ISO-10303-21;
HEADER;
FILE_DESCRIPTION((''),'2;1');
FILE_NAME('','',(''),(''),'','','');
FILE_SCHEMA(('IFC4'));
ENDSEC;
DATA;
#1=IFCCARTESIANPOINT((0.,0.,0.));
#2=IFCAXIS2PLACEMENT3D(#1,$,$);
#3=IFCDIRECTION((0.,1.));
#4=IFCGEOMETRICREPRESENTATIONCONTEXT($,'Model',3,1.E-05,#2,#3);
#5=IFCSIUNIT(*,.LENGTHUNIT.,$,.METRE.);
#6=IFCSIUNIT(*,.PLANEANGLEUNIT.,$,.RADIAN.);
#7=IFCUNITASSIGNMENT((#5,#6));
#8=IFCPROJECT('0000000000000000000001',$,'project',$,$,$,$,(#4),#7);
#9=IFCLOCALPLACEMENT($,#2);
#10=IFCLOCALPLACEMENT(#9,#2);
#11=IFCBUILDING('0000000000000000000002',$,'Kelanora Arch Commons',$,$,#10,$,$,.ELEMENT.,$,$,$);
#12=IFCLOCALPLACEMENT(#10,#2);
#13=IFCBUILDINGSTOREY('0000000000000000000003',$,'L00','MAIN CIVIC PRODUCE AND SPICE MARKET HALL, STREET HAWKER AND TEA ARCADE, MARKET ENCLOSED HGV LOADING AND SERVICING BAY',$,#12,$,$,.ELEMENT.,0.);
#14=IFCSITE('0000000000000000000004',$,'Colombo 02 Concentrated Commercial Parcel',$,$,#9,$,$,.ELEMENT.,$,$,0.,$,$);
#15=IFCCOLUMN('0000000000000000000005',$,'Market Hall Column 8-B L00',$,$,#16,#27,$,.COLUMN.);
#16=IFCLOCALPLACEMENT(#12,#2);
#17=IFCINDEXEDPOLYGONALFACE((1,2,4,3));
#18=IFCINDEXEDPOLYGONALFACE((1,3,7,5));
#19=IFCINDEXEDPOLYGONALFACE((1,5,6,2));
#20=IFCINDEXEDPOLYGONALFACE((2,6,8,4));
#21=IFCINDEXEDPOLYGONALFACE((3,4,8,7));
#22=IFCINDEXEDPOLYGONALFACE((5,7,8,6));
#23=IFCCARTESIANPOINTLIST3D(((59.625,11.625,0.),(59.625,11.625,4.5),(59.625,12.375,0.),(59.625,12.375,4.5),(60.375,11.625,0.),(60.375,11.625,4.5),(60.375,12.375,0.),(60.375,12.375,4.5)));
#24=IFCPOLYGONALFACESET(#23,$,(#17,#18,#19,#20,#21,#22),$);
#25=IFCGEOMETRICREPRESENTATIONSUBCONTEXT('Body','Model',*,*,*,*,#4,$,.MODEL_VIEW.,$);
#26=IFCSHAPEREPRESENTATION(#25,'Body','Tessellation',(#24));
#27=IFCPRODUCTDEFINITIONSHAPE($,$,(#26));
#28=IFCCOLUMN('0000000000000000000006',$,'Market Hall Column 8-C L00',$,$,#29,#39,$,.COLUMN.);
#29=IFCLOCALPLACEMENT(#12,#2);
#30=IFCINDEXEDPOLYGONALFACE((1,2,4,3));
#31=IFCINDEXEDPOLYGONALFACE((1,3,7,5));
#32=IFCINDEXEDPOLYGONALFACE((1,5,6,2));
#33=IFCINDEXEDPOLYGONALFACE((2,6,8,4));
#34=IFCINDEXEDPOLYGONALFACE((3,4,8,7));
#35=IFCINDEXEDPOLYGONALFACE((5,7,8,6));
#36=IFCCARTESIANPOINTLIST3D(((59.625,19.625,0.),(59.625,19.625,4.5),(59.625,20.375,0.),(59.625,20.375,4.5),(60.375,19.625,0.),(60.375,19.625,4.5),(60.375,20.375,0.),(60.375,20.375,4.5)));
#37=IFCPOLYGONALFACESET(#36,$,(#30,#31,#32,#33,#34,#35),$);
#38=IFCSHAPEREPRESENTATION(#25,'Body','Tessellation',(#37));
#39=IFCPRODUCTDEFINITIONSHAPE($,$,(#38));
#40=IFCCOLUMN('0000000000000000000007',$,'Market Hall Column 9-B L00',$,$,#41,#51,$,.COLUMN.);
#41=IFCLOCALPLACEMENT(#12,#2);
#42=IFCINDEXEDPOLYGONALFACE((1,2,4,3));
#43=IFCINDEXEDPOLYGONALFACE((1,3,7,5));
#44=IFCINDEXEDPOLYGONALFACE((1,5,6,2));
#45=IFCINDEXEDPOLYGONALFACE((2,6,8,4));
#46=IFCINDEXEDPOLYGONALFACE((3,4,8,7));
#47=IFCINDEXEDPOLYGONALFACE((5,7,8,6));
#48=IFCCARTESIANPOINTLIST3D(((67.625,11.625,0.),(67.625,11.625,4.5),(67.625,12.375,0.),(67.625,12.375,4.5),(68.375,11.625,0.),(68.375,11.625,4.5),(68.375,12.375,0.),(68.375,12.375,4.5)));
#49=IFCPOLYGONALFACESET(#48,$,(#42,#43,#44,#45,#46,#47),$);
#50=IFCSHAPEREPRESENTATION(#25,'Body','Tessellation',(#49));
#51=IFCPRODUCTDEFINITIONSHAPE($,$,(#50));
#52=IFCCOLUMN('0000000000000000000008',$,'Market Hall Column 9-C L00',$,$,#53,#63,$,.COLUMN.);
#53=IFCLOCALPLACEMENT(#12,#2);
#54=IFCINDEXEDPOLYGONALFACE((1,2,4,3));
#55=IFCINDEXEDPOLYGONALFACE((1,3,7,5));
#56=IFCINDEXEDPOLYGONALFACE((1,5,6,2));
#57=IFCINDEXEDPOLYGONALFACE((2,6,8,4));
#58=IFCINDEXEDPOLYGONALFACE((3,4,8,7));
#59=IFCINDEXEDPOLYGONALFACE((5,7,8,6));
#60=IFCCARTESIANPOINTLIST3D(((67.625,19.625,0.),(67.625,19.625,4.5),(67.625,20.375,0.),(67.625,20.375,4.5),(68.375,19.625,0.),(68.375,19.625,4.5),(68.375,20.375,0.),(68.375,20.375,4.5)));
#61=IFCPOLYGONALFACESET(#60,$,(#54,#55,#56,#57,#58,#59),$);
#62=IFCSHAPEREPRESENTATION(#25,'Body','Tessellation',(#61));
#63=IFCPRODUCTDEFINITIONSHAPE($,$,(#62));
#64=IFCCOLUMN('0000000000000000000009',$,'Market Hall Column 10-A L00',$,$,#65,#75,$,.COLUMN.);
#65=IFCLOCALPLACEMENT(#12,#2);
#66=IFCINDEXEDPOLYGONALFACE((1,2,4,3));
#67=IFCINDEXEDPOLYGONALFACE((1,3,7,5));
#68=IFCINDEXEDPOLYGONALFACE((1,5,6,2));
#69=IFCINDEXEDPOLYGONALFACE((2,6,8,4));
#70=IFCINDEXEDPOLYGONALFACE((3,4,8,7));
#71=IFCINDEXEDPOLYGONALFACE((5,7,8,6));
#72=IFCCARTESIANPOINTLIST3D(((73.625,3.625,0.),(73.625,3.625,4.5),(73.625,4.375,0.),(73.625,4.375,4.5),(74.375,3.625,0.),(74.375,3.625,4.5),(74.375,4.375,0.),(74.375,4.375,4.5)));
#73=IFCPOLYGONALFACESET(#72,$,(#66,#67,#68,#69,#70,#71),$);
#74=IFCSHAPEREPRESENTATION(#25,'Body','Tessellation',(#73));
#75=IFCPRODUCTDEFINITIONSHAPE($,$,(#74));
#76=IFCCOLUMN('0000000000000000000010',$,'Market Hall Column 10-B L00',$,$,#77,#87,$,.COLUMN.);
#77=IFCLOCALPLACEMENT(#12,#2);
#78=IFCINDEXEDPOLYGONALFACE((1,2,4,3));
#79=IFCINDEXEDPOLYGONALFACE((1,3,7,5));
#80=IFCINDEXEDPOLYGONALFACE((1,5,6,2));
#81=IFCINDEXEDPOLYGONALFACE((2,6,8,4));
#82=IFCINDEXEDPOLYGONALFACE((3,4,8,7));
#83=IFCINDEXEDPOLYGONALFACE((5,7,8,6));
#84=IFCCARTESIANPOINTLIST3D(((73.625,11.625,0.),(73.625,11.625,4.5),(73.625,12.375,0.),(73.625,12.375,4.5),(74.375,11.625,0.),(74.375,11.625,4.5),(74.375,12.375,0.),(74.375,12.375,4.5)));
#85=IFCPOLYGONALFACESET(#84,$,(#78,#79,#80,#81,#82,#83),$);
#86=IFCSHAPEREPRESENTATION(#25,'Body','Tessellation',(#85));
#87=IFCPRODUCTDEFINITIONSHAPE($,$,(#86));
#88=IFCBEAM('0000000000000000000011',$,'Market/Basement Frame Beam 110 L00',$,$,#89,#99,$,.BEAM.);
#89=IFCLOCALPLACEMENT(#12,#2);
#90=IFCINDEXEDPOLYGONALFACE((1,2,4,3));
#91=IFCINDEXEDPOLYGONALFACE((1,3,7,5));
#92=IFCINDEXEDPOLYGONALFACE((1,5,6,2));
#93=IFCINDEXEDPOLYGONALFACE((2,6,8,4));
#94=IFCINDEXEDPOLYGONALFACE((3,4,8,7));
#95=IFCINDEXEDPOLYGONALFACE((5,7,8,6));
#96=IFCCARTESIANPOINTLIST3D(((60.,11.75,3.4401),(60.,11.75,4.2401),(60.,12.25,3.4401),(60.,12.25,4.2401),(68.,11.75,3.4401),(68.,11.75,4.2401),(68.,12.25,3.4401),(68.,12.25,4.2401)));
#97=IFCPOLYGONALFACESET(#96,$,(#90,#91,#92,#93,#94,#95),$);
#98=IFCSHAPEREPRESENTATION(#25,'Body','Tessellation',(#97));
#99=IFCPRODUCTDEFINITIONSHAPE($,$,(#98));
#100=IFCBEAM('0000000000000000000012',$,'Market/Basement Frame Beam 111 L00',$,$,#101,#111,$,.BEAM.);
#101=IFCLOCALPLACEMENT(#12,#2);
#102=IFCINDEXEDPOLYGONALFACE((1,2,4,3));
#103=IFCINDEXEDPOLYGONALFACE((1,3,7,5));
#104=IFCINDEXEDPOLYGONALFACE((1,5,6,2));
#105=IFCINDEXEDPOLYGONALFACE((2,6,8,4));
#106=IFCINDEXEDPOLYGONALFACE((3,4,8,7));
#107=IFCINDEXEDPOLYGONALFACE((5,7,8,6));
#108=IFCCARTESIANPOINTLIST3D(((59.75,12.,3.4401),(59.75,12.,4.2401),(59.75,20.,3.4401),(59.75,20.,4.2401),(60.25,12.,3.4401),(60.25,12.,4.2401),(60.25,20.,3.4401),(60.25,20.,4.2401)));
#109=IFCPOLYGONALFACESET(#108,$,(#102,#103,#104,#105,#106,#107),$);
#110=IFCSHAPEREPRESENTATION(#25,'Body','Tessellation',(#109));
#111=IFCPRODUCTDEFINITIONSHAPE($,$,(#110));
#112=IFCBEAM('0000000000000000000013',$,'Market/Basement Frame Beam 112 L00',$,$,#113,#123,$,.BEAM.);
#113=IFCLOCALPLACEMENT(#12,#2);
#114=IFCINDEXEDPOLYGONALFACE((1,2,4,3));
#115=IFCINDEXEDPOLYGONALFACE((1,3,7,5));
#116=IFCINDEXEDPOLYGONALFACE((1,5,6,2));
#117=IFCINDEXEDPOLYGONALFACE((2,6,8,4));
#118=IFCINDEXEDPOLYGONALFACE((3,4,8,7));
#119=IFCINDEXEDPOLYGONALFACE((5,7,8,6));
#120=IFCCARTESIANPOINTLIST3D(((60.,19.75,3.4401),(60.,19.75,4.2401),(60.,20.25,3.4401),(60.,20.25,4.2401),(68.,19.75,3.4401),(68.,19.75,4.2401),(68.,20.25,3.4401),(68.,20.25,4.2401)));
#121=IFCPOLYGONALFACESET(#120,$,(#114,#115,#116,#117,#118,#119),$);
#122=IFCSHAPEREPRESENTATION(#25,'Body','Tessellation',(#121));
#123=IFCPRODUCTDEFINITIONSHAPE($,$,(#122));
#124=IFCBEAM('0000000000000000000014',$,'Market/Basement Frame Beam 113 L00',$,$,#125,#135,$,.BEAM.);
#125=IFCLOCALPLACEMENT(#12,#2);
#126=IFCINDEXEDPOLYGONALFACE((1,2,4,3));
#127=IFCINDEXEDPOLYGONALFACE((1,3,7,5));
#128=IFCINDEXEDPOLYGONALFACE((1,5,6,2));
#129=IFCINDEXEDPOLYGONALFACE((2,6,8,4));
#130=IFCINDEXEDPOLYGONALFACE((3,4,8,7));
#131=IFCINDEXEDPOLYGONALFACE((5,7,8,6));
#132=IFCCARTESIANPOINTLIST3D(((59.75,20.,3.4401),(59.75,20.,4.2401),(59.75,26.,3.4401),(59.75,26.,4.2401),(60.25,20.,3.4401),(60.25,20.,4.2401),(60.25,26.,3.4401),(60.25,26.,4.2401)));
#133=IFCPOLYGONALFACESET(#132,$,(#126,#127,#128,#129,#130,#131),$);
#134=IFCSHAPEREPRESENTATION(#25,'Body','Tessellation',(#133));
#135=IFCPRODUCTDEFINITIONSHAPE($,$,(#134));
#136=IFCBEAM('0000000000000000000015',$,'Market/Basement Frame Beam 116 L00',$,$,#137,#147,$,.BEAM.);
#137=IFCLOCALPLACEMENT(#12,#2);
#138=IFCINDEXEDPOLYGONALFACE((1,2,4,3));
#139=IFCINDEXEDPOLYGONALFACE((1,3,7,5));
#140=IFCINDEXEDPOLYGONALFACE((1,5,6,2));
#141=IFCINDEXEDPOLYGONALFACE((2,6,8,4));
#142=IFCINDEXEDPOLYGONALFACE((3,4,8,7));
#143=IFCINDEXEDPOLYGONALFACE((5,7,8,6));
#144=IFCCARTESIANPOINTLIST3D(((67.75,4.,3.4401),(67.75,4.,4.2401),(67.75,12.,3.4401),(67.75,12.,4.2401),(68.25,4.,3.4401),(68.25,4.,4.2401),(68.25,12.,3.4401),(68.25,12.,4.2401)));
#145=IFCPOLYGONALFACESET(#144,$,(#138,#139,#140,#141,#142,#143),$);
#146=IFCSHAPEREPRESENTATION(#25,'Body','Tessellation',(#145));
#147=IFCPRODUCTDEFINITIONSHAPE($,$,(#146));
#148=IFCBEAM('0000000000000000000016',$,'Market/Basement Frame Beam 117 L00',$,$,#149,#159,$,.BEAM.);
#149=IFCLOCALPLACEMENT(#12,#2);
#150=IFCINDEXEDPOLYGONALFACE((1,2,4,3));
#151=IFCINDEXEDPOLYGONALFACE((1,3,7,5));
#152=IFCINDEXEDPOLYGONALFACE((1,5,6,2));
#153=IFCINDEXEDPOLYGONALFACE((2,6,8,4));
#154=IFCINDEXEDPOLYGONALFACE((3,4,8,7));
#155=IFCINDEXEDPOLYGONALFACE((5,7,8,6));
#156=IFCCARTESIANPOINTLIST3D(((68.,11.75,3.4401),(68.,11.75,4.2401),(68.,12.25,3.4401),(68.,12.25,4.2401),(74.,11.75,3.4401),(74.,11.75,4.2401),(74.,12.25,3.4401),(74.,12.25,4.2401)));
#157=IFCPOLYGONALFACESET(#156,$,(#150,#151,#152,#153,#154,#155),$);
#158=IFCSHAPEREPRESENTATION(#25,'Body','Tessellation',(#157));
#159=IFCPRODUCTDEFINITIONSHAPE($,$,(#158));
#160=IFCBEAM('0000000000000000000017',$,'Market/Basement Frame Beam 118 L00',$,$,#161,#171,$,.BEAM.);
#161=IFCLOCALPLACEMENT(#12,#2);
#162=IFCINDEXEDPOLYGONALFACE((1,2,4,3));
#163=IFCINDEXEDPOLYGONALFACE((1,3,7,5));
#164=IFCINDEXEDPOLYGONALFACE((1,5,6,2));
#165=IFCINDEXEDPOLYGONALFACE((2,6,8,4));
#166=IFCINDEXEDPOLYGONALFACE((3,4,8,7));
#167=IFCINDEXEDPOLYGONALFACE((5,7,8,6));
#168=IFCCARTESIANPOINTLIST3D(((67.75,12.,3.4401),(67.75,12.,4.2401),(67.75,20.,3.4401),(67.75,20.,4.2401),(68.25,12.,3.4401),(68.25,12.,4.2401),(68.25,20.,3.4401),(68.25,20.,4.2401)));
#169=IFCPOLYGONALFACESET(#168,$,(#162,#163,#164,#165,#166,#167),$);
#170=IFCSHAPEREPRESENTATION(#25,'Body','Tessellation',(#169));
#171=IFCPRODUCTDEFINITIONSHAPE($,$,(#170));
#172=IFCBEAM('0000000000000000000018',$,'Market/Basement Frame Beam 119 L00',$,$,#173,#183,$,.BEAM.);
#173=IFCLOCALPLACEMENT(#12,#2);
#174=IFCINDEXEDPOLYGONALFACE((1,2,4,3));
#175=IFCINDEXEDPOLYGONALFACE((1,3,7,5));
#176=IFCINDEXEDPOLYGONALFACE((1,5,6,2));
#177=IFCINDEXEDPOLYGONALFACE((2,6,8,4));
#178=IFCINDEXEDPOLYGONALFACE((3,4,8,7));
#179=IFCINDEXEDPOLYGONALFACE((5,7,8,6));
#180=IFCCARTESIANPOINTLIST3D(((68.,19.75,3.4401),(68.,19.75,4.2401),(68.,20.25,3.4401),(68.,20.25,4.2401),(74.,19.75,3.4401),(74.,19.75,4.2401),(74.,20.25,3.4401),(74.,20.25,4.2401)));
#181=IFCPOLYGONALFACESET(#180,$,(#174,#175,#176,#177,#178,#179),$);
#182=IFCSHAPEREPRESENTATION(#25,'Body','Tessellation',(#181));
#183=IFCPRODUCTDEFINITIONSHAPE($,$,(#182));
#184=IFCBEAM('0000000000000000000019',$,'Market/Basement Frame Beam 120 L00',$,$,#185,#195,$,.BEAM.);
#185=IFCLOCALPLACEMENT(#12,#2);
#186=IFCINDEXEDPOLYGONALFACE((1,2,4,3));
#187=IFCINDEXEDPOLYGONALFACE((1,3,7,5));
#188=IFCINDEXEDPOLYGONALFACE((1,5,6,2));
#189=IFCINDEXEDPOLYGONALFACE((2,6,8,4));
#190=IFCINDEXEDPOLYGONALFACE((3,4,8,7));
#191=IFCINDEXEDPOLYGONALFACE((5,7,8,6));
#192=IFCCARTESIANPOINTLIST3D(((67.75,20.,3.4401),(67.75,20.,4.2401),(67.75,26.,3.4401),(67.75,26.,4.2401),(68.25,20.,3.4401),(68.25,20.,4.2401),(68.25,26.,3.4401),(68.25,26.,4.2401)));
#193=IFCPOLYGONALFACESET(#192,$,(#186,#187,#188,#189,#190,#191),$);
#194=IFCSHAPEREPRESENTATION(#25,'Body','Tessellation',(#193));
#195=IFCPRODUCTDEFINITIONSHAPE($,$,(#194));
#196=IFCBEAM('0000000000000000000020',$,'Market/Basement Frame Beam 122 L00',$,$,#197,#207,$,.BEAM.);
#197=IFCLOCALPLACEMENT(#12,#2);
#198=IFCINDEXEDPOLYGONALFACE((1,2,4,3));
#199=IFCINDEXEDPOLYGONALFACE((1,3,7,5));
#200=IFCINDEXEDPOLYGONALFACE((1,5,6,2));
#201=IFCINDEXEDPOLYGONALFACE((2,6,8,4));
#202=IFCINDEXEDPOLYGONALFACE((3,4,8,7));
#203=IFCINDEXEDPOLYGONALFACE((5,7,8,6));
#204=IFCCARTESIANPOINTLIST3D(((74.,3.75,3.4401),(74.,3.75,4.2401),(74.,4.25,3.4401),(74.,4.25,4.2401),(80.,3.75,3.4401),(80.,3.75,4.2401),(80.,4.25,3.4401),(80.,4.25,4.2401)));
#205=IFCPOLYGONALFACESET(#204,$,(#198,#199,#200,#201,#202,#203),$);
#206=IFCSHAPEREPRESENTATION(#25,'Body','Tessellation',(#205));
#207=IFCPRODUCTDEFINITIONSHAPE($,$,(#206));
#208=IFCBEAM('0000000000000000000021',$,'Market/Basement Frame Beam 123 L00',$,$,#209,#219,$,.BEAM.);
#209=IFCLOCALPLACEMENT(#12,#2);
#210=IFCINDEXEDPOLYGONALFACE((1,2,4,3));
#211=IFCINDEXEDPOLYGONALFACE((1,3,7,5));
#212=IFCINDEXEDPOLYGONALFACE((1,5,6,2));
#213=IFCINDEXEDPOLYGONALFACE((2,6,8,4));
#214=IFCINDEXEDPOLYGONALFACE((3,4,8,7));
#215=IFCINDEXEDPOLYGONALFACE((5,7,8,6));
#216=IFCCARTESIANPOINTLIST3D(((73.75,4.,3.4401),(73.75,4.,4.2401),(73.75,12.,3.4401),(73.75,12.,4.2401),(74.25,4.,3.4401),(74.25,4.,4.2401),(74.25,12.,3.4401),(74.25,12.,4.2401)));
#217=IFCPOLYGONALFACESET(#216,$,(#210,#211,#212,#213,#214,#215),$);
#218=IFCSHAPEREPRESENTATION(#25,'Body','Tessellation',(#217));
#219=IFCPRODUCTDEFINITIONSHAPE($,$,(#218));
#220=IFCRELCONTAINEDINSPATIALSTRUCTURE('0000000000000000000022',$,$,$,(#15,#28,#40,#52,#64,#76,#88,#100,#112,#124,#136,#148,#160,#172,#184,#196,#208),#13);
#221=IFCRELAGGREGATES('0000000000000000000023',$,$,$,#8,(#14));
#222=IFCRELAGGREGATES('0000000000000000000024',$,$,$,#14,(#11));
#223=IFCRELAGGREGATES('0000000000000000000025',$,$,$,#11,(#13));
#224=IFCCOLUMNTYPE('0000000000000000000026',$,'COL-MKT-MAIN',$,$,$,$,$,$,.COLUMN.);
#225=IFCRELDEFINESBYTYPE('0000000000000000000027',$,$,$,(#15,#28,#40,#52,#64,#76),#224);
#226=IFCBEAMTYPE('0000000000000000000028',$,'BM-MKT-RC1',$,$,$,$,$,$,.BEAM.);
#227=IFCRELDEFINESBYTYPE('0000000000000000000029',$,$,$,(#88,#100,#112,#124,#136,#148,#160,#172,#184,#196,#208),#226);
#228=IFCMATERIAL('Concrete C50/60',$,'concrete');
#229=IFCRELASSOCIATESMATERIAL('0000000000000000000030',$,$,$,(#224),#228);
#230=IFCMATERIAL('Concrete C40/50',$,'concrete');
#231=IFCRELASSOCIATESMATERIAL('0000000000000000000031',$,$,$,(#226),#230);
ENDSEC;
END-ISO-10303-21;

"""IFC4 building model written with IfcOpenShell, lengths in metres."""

from ifc_helpers import new_model, si_unit, direction, frame, origin, origin_2d, place, context, subcontext, project, spatial, rectangle, extrude, material, material_profile, profile_set, type_object, element, save


model = new_model("IFC4")

# Units and contexts
model_context = context("Model", 3, precision=1e-05, world=origin(), true_north=direction((0.0, 1.0)))
body_context = subcontext(model_context, "Body", "Model", "MODEL_VIEW")
ifc_project = project(units=[si_unit("LENGTHUNIT", "METRE"), si_unit("PLANEANGLEUNIT", "RADIAN")], contexts=[model_context])

# Site, building, storey
site_placement = place(None, origin())
site = spatial("IfcSite", under=ifc_project, at=site_placement, Name="Colombo 02 Concentrated Commercial Parcel", CompositionType="ELEMENT", RefElevation=0.0)
building_placement = place(site_placement, origin())
building = spatial("IfcBuilding", under=site, at=building_placement, Name="Kelanora Arch Commons", CompositionType="ELEMENT")
storey_placement = place(building_placement, origin())
storey = spatial("IfcBuildingStorey", under=building, at=storey_placement, Name="L00", Description="MAIN CIVIC PRODUCE AND SPICE MARKET HALL, STREET HAWKER AND TEA ARCADE, MARKET ENCLOSED HGV LOADING AND SERVICING BAY", CompositionType="ELEMENT", Elevation=0.0)

# Columns
ifc_material_1 = material(Name="Concrete C50/60", Category="concrete")
ifc_material_profile_1 = material_profile(ifc_material_1, rectangle(XDim=0.75, YDim=0.75, at=origin_2d()), Name="RC750x750")
ifc_profile_set_1 = profile_set([ifc_material_profile_1], Name="Concrete C50/60")
column_type = type_object("IfcColumnType", Name="COL-MKT-MAIN", PredefinedType="COLUMN", material=ifc_profile_set_1)
for number, where, z_axis, x_axis, name in (
    (1, (60.0, 12.0, 0.0), (0.0, 0.0, 1.0), (1.0, 0.0, 0.0), "Market Hall Column 8-B L00"),
    (2, (60.0, 20.0, 0.0), (0.0, 0.0, 1.0), (1.0, 0.0, 0.0), "Market Hall Column 8-C L00"),
    (3, (68.0, 12.0, 0.0), (0.0, 0.0, 1.0), (1.0, 0.0, 0.0), "Market Hall Column 9-B L00"),
    (4, (68.0, 20.0, 0.0), (0.0, 0.0, 1.0), (1.0, 0.0, 0.0), "Market Hall Column 9-C L00"),
    (5, (74.0, 4.0, 0.0), (0.0, 0.0, 1.0), (1.0, 0.0, 0.0), "Market Hall Column 10-A L00"),
    (6, (74.0, 12.0, 0.0), (0.0, 0.0, 1.0), (1.0, 0.0, 0.0), "Market Hall Column 10-B L00"),
):
    element("IfcColumn", number, at=place(storey_placement, frame(where, z_axis=z_axis, x_axis=x_axis)), inside=storey, type_object=column_type, Name=name, PredefinedType="COLUMN", context=body_context, shape_type="SweptSolid", body=[
        extrude(rectangle(XDim=0.75, YDim=0.75, at=origin_2d()), origin(), (0.0, 0.0, 1.0), 4.5),
    ])

# Beams
ifc_material_2 = material(Name="Concrete C40/50", Category="concrete")
ifc_material_profile_2 = material_profile(ifc_material_2, rectangle(XDim=0.5, YDim=0.8, at=origin_2d()), Name="RCB500x800")
ifc_profile_set_2 = profile_set([ifc_material_profile_2], Name="Concrete C40/50")
beam_type = type_object("IfcBeamType", Name="BM-MKT-RC1", PredefinedType="BEAM", material=ifc_profile_set_2)
for number, where, z_axis, x_axis, name in (
    (7, (60.0, 12.0, 3.8401), (1.0, 0.0, 0.0), (0.0, 1.0, 0.0), "Market/Basement Frame Beam 110 L00"),
    (8, (60.0, 12.0, 3.8401), (0.0, 1.0, 0.0), (-1.0, 0.0, 0.0), "Market/Basement Frame Beam 111 L00"),
    (9, (60.0, 20.0, 3.8401), (1.0, 0.0, 0.0), (0.0, 1.0, 0.0), "Market/Basement Frame Beam 112 L00"),
):
    element("IfcBeam", number, at=place(storey_placement, frame(where, z_axis=z_axis, x_axis=x_axis)), inside=storey, type_object=beam_type, Name=name, PredefinedType="BEAM", context=body_context, shape_type="SweptSolid", body=[
        extrude(rectangle(XDim=0.5, YDim=0.8, at=origin_2d()), origin(), (0.0, 0.0, 1.0), 8.0),
    ])
beam_1_placement = place(storey_placement, frame((60.0, 20.0, 3.8401), z_axis=(0.0, 1.0, 0.0), x_axis=(-1.0, 0.0, 0.0)))
element("IfcBeam", 10, at=beam_1_placement, inside=storey, type_object=beam_type, Name="Market/Basement Frame Beam 113 L00", PredefinedType="BEAM", context=body_context, shape_type="SweptSolid", body=[
    extrude(rectangle(XDim=0.5, YDim=0.8, at=origin_2d()), origin(), (0.0, 0.0, 1.0), 6.0),
])
beam_2_placement = place(storey_placement, frame((68.0, 4.0, 3.8401), z_axis=(0.0, 1.0, 0.0), x_axis=(-1.0, 0.0, 0.0)))
element("IfcBeam", 11, at=beam_2_placement, inside=storey, type_object=beam_type, Name="Market/Basement Frame Beam 116 L00", PredefinedType="BEAM", context=body_context, shape_type="SweptSolid", body=[
    extrude(rectangle(XDim=0.5, YDim=0.8, at=origin_2d()), origin(), (0.0, 0.0, 1.0), 8.0),
])
beam_3_placement = place(storey_placement, frame((68.0, 12.0, 3.8401), z_axis=(1.0, 0.0, 0.0), x_axis=(0.0, 1.0, 0.0)))
element("IfcBeam", 12, at=beam_3_placement, inside=storey, type_object=beam_type, Name="Market/Basement Frame Beam 117 L00", PredefinedType="BEAM", context=body_context, shape_type="SweptSolid", body=[
    extrude(rectangle(XDim=0.5, YDim=0.8, at=origin_2d()), origin(), (0.0, 0.0, 1.0), 6.0),
])
beam_4_placement = place(storey_placement, frame((68.0, 12.0, 3.8401), z_axis=(0.0, 1.0, 0.0), x_axis=(-1.0, 0.0, 0.0)))
element("IfcBeam", 13, at=beam_4_placement, inside=storey, type_object=beam_type, Name="Market/Basement Frame Beam 118 L00", PredefinedType="BEAM", context=body_context, shape_type="SweptSolid", body=[
    extrude(rectangle(XDim=0.5, YDim=0.8, at=origin_2d()), origin(), (0.0, 0.0, 1.0), 8.0),
])
for number, where, z_axis, x_axis, name in (
    (14, (68.0, 20.0, 3.8401), (1.0, 0.0, 0.0), (0.0, 1.0, 0.0), "Market/Basement Frame Beam 119 L00"),
    (15, (68.0, 20.0, 3.8401), (0.0, 1.0, 0.0), (-1.0, 0.0, 0.0), "Market/Basement Frame Beam 120 L00"),
    (16, (74.0, 4.0, 3.8401), (1.0, 0.0, 0.0), (0.0, 1.0, 0.0), "Market/Basement Frame Beam 122 L00"),
):
    element("IfcBeam", number, at=place(storey_placement, frame(where, z_axis=z_axis, x_axis=x_axis)), inside=storey, type_object=beam_type, Name=name, PredefinedType="BEAM", context=body_context, shape_type="SweptSolid", body=[
        extrude(rectangle(XDim=0.5, YDim=0.8, at=origin_2d()), origin(), (0.0, 0.0, 1.0), 6.0),
    ])
beam_5_placement = place(storey_placement, frame((74.0, 4.0, 3.8401), z_axis=(0.0, 1.0, 0.0), x_axis=(-1.0, 0.0, 0.0)))
element("IfcBeam", 17, at=beam_5_placement, inside=storey, type_object=beam_type, Name="Market/Basement Frame Beam 123 L00", PredefinedType="BEAM", context=body_context, shape_type="SweptSolid", body=[
    extrude(rectangle(XDim=0.5, YDim=0.8, at=origin_2d()), origin(), (0.0, 0.0, 1.0), 8.0),
])

save(model, "model.ifc")
